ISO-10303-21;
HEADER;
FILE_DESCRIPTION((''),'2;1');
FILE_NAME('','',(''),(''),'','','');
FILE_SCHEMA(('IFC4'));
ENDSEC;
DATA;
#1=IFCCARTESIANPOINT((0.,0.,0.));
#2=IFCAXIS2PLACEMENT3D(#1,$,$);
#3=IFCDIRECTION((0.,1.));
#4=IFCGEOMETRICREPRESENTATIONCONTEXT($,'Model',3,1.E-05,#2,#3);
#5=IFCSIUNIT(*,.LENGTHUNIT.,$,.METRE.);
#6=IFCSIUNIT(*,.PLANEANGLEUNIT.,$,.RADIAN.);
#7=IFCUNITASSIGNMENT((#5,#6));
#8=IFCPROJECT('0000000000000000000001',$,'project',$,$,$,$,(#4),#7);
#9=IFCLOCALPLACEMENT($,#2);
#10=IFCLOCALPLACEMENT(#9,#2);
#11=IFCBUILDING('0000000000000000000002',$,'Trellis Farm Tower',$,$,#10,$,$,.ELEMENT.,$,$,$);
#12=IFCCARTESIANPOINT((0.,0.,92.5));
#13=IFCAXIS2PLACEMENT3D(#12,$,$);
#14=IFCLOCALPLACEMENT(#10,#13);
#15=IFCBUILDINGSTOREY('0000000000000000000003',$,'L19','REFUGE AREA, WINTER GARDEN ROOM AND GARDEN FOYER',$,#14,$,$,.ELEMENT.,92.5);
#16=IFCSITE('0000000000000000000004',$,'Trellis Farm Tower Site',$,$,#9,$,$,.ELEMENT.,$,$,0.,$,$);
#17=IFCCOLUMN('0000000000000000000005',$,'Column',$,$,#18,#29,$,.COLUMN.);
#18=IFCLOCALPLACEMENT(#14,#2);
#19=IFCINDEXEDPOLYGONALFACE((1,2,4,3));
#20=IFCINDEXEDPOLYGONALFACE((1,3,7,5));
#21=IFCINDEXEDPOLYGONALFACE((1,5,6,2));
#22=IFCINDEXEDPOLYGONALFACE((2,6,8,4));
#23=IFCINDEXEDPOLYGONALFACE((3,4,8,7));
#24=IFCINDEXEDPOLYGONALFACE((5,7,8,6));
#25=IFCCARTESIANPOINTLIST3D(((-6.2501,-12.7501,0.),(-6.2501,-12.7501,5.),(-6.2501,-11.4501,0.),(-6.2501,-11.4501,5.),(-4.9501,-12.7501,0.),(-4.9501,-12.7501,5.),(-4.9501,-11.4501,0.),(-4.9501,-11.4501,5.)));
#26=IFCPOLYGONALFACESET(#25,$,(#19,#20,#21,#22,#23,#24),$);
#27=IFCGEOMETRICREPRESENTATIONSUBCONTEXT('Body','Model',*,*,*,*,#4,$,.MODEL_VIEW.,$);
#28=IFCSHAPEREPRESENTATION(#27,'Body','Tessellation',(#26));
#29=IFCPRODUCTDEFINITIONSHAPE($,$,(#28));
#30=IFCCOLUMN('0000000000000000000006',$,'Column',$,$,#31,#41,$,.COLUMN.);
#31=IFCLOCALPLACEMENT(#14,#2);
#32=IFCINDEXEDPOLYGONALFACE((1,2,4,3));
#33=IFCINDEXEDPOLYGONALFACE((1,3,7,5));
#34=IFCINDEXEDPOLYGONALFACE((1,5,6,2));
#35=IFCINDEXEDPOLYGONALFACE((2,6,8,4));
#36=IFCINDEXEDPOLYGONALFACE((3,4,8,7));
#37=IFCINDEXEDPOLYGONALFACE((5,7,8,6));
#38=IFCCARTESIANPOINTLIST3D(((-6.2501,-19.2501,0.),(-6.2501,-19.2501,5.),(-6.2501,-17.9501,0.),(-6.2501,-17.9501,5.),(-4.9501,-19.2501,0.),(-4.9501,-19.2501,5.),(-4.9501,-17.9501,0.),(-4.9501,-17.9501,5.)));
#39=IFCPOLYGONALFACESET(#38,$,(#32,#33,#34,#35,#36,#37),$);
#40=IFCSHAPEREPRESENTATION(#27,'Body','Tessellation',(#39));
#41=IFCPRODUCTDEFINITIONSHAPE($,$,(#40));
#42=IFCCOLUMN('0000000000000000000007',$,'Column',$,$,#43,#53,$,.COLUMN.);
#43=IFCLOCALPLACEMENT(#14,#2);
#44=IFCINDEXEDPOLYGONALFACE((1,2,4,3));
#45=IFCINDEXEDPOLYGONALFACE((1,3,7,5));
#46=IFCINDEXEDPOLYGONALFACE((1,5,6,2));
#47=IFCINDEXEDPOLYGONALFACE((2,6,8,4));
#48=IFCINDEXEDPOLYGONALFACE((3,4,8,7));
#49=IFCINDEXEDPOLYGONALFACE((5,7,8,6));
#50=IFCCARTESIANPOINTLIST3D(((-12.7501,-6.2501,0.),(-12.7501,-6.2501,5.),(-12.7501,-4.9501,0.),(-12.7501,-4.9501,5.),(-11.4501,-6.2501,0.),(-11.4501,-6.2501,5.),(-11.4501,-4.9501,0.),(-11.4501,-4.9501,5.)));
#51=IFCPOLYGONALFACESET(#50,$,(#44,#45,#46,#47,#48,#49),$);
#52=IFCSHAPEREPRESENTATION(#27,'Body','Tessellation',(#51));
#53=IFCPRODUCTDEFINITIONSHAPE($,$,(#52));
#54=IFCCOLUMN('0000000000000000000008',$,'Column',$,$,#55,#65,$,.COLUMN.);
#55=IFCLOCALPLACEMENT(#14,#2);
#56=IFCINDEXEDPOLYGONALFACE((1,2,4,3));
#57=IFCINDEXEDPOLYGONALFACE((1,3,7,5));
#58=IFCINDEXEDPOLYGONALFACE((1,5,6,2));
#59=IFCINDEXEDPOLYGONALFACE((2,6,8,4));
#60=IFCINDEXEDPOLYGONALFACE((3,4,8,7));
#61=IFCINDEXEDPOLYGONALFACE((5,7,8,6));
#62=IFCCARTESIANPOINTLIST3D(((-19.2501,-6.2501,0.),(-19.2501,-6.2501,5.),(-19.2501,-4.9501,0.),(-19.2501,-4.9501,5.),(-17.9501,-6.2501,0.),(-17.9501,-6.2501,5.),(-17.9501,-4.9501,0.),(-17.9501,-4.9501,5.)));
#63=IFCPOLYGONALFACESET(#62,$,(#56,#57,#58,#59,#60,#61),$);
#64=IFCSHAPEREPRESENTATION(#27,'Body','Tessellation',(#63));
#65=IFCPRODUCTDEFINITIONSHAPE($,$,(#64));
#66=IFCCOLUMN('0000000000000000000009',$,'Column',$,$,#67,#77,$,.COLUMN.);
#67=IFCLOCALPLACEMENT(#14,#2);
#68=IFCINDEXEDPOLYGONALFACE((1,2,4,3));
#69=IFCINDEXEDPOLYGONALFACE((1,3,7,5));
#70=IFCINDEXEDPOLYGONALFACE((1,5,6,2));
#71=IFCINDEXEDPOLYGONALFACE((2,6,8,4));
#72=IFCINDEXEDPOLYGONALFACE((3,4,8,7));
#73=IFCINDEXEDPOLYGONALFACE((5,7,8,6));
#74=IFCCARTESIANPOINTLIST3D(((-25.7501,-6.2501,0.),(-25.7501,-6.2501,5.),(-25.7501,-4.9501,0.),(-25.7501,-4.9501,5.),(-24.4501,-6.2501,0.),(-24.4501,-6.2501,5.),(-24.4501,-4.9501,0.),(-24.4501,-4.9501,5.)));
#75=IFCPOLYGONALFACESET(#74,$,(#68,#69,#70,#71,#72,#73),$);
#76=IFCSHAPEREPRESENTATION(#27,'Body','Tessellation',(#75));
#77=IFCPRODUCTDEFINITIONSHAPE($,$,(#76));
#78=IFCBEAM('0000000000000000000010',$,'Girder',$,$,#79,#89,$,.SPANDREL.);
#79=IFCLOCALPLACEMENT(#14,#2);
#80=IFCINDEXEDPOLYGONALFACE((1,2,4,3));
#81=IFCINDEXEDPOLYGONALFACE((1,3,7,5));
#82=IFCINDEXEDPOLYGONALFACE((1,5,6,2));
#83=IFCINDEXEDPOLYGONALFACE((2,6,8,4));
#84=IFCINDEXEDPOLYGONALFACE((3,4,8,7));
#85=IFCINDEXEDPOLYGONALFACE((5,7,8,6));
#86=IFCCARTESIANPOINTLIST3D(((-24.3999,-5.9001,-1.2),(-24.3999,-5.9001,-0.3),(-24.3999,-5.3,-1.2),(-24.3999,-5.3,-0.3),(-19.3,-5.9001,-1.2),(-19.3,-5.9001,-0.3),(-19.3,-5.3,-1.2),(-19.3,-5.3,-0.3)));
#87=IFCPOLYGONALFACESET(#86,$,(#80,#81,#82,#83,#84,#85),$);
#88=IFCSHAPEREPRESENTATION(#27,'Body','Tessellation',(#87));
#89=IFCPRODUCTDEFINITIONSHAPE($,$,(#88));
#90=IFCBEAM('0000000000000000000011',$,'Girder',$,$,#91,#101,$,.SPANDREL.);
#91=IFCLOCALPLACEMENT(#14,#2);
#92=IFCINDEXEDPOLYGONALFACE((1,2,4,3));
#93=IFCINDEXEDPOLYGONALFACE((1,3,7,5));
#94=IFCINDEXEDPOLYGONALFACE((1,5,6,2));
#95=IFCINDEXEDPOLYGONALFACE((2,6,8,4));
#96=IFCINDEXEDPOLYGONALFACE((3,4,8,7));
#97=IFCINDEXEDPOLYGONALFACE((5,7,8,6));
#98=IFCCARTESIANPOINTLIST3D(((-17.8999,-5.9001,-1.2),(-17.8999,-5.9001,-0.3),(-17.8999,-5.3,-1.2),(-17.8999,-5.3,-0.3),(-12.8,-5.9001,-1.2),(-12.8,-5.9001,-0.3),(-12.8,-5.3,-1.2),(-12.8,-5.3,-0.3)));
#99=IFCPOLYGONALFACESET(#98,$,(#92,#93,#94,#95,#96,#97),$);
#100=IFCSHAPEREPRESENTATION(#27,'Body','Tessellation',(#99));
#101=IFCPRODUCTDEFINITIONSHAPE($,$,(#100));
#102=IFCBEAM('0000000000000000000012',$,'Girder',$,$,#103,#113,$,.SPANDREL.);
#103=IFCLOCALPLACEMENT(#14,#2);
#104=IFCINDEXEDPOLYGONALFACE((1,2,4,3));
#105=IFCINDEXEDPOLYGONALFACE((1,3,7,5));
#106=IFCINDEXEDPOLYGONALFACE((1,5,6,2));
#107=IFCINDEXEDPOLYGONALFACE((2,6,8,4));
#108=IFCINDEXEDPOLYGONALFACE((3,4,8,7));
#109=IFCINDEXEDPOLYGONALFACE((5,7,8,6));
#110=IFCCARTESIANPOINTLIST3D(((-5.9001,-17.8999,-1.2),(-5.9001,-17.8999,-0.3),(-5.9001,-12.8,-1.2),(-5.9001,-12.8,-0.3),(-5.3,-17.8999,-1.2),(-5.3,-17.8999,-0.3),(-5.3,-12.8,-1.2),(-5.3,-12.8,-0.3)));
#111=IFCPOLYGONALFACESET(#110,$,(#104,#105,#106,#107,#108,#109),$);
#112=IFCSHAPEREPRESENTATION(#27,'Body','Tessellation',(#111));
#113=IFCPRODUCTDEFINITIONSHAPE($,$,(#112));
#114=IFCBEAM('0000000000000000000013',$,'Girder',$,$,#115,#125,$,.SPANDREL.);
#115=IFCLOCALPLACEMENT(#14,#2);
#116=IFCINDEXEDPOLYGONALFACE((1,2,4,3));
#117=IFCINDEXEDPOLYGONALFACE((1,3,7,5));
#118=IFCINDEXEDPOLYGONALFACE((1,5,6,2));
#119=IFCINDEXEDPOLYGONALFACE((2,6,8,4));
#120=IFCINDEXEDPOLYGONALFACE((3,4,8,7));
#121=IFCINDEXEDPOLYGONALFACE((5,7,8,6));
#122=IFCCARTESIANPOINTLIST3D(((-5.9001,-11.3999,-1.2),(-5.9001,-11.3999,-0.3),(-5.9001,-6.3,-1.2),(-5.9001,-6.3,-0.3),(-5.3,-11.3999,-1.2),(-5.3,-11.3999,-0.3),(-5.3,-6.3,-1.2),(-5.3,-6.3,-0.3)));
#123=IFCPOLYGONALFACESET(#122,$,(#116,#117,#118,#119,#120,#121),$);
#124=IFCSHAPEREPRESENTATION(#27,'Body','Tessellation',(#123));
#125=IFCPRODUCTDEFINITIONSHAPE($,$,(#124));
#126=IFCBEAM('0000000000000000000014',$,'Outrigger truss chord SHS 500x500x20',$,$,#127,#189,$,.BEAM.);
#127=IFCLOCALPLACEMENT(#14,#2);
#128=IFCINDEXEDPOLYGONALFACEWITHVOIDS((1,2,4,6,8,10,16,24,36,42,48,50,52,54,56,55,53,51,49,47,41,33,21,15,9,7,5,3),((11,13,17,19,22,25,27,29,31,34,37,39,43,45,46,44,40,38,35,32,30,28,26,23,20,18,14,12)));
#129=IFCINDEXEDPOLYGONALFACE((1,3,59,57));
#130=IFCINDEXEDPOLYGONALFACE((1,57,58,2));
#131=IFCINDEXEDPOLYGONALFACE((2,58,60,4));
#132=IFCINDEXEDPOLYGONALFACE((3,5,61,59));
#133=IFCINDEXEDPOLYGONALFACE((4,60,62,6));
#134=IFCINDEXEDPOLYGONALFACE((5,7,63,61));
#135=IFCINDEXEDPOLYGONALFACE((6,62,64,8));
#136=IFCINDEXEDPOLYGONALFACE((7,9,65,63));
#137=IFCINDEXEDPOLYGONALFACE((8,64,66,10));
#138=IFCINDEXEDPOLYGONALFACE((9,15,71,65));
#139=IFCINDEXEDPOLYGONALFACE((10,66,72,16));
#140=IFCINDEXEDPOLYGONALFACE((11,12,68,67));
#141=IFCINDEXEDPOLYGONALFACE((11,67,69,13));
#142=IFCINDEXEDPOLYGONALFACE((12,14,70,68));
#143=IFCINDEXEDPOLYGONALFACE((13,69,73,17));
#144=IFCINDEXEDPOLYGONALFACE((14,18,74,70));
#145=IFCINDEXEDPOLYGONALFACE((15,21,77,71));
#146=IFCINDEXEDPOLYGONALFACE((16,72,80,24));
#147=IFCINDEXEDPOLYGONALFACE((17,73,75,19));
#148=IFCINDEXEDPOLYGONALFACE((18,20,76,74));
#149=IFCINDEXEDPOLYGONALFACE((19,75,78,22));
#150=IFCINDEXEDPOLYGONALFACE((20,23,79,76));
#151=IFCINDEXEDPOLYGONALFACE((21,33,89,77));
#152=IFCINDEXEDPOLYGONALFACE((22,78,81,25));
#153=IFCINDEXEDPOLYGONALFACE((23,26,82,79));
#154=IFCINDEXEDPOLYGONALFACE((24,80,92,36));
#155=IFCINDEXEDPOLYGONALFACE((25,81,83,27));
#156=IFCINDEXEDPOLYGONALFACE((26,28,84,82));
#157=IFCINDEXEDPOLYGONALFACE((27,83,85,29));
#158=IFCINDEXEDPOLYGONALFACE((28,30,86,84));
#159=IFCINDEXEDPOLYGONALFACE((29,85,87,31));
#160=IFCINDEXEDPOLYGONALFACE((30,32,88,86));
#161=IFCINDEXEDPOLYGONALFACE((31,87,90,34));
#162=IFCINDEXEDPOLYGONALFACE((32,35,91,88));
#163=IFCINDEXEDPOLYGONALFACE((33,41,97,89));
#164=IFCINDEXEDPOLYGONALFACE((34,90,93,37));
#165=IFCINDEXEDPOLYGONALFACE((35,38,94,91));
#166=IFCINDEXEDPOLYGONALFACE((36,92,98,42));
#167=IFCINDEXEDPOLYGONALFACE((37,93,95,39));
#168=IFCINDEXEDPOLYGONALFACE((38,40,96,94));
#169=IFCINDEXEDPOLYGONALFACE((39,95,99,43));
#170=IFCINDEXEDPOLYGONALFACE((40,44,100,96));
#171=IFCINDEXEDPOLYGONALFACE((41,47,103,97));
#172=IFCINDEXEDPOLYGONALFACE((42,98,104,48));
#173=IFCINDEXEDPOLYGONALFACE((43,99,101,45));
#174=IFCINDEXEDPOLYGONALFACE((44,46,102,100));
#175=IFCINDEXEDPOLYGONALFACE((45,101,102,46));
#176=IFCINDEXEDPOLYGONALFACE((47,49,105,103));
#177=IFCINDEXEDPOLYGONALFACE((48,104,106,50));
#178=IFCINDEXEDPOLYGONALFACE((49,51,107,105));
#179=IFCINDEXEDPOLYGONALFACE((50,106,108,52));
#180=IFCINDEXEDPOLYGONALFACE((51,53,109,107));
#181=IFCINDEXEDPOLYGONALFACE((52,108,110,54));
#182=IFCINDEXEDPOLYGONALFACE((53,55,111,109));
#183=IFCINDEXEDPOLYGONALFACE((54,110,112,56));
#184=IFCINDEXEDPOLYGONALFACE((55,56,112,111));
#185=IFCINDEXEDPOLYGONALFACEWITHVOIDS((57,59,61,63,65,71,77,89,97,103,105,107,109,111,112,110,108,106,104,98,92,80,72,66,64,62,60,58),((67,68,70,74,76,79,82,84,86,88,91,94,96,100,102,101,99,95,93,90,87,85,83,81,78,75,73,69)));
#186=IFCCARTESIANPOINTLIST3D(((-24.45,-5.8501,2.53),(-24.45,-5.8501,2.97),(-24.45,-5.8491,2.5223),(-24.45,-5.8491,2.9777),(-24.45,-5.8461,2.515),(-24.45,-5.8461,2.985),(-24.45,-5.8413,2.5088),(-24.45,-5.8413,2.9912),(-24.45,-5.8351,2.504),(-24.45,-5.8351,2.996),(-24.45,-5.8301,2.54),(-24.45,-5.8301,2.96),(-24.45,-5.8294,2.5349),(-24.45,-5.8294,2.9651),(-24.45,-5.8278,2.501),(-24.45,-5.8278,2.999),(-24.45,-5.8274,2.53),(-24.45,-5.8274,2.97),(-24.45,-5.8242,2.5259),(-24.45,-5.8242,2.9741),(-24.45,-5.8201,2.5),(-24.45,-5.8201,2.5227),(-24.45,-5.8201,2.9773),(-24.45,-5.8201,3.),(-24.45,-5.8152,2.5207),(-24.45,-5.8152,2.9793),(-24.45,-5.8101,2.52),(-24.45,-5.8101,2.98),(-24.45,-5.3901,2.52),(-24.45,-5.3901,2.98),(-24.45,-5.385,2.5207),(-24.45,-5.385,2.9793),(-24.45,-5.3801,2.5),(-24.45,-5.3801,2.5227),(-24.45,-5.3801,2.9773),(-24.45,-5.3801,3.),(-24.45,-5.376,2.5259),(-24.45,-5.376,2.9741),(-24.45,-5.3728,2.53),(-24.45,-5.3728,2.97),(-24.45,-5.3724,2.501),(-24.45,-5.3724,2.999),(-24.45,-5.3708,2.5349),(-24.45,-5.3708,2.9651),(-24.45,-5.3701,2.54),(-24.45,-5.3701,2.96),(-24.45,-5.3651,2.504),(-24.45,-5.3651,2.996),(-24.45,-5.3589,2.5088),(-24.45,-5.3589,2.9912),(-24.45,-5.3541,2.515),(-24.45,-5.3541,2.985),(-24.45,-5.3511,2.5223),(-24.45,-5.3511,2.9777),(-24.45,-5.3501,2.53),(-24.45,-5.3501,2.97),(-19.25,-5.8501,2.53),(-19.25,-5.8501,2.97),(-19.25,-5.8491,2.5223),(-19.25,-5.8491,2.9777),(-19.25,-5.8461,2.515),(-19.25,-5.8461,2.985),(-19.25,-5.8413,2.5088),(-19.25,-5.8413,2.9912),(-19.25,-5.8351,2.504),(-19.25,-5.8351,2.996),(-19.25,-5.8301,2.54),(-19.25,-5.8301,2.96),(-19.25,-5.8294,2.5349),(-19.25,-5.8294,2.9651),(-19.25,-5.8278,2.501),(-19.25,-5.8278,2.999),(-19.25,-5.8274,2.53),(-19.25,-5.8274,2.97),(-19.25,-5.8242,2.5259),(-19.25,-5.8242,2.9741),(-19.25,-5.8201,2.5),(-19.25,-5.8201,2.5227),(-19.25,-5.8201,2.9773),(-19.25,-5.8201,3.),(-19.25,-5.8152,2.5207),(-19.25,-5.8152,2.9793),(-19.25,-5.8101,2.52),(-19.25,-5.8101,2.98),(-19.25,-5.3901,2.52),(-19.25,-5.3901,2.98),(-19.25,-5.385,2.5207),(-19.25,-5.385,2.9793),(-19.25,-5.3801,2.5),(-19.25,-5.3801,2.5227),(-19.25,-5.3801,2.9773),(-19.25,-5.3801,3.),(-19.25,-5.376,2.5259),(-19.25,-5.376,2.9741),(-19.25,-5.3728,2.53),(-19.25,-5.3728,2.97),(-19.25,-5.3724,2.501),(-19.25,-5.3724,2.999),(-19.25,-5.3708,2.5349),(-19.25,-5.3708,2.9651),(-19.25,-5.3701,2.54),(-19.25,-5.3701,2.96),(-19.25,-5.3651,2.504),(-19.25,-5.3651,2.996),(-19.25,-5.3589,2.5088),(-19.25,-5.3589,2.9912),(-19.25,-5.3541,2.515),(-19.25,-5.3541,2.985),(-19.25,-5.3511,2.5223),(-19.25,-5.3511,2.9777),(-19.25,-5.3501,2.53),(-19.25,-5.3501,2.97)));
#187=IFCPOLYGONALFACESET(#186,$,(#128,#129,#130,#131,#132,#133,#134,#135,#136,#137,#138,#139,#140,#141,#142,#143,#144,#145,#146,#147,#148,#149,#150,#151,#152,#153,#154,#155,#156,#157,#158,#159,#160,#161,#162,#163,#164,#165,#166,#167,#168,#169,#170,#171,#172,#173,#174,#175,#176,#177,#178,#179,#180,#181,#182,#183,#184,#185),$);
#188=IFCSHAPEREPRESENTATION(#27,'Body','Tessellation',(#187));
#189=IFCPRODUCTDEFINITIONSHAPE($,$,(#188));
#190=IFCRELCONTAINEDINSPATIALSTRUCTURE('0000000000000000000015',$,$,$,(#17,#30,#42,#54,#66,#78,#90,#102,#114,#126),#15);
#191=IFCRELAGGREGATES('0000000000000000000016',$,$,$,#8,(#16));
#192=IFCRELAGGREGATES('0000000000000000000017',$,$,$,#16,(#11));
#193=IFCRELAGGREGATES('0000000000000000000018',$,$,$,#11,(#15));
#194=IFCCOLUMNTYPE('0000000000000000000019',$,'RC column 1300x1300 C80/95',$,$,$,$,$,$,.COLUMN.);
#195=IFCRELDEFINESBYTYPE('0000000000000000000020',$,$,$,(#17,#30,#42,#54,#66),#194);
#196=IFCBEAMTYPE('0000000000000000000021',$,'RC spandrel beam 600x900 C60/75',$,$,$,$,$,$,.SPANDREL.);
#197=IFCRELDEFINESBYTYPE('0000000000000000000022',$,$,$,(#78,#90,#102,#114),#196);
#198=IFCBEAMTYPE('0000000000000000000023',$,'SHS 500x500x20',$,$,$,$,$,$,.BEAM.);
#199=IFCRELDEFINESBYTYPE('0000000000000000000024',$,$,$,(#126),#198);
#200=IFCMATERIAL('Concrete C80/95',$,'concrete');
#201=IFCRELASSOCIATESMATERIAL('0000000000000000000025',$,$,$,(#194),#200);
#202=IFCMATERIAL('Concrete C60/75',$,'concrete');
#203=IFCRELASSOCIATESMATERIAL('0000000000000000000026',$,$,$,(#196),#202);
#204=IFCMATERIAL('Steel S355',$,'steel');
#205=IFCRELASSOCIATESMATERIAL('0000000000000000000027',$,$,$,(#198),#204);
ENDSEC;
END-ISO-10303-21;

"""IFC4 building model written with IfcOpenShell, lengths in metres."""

from ifc_helpers import new_model, si_unit, direction, frame, origin, origin_2d, place, context, subcontext, project, spatial, rectangle, hollow_rectangle, extrude, source, transform, mapped, material, material_profile, profile_set, type_object, element, save


model = new_model("IFC4")

# Units and contexts
model_context = context("Model", 3, precision=1e-05, world=origin(), true_north=direction((0.0, 1.0)))
body_context = subcontext(model_context, "Body", "Model", "MODEL_VIEW")
ifc_project = project(units=[si_unit("LENGTHUNIT", "METRE"), si_unit("PLANEANGLEUNIT", "RADIAN")], contexts=[model_context])

# Site, building, storey
site_placement = place(None, origin())
site = spatial("IfcSite", under=ifc_project, at=site_placement, Name="Trellis Farm Tower Site", CompositionType="ELEMENT", RefElevation=0.0)
building_placement = place(site_placement, origin())
building = spatial("IfcBuilding", under=site, at=building_placement, Name="Trellis Farm Tower", CompositionType="ELEMENT")
storey_placement = place(building_placement, frame((0.0, 0.0, 92.5)))
storey = spatial("IfcBuildingStorey", under=building, at=storey_placement, Name="L19", Description="REFUGE AREA, WINTER GARDEN ROOM AND GARDEN FOYER", CompositionType="ELEMENT", Elevation=92.5)

# Columns
ifc_material_1 = material(Name="Concrete C80/95", Category="concrete")
ifc_material_profile_1 = material_profile(ifc_material_1, rectangle(XDim=1.3, YDim=1.3, at=origin_2d()), Name="RC column 1300x1300 C80/95")
ifc_profile_set_1 = profile_set([ifc_material_profile_1], Name="Concrete C80/95")
column_type = type_object("IfcColumnType", Name="RC column 1300x1300 C80/95", PredefinedType="COLUMN", material=ifc_profile_set_1)
shared_shape_1 = source(origin(), body_context, "Body", "SweptSolid", [
    extrude(rectangle(XDim=1.3, YDim=1.3, at=origin_2d()), origin(), (0.0, 0.0, 1.0), 5.0),
])
for number, where, z_axis, x_axis, name in (
    (1, (-5.6001, -12.1001, 0.0), (0.0, 0.0, 1.0), (1.0, 0.0, 0.0), "Column"),
    (2, (-5.6001, -18.6001, 0.0), (0.0, 0.0, 1.0), (1.0, 0.0, 0.0), "Column"),
    (3, (-12.1001, -5.6001, 0.0), (0.0, 0.0, 1.0), (1.0, 0.0, 0.0), "Column"),
    (4, (-18.6001, -5.6001, 0.0), (0.0, 0.0, 1.0), (1.0, 0.0, 0.0), "Column"),
    (5, (-25.1001, -5.6001, 0.0), (0.0, 0.0, 1.0), (1.0, 0.0, 0.0), "Column"),
):
    element("IfcColumn", number, at=place(storey_placement, frame(where, z_axis=z_axis, x_axis=x_axis)), inside=storey, type_object=column_type, Name=name, PredefinedType="COLUMN", context=body_context, shape_type="MappedRepresentation", body=[
        mapped(shared_shape_1, transform((0.0, 0.0, 0.0))),
    ])

# Beams
ifc_material_2 = material(Name="Concrete C60/75", Category="concrete")
ifc_material_profile_2 = material_profile(ifc_material_2, rectangle(XDim=0.6001, YDim=0.8999, at=origin_2d()), Name="RC spandrel beam 600x900 C60/75")
ifc_profile_set_2 = profile_set([ifc_material_profile_2], Name="Concrete C60/75")
beam_type_1 = type_object("IfcBeamType", Name="RC spandrel beam 600x900 C60/75", PredefinedType="SPANDREL", material=ifc_profile_set_2)
shared_shape_2 = source(origin(), body_context, "Body", "SweptSolid", [
    extrude(rectangle(XDim=0.6001, YDim=0.8999, at=origin_2d()), origin(), (0.0, 0.0, 1.0), 5.0999),
])
for number, where, z_axis, x_axis, name in (
    (6, (-24.3999, -5.6001, -0.75), (1.0, 0.0, 0.0), (0.0, 1.0, 0.0), "Girder"),
    (7, (-17.8999, -5.6001, -0.75), (1.0, 0.0, 0.0), (0.0, 1.0, 0.0), "Girder"),
    (8, (-5.6001, -17.8999, -0.75), (0.0, 1.0, 0.0), (-1.0, 0.0, 0.0), "Girder"),
    (9, (-5.6001, -11.3999, -0.75), (0.0, 1.0, 0.0), (-1.0, 0.0, 0.0), "Girder"),
):
    element("IfcBeam", number, at=place(storey_placement, frame(where, z_axis=z_axis, x_axis=x_axis)), inside=storey, type_object=beam_type_1, Name=name, PredefinedType="SPANDREL", context=body_context, shape_type="MappedRepresentation", body=[
        mapped(shared_shape_2, transform((0.0, 0.0, 0.0))),
    ])
ifc_material_3 = material(Name="Steel S355", Category="steel")
ifc_material_profile_3 = material_profile(ifc_material_3, hollow_rectangle(XDim=0.5, YDim=0.5, WallThickness=0.02, InnerFilletRadius=0.02, OuterFilletRadius=0.03, at=origin_2d()), Name="SHS 500x500x20")
ifc_profile_set_3 = profile_set([ifc_material_profile_3], Name="Steel S355")
beam_type_2 = type_object("IfcBeamType", Name="SHS 500x500x20", PredefinedType="BEAM", material=ifc_profile_set_3)
shared_shape_3 = source(origin(), body_context, "Body", "SweptSolid", [
    extrude(hollow_rectangle(XDim=0.5, YDim=0.5, WallThickness=0.02, InnerFilletRadius=0.02, OuterFilletRadius=0.03, at=origin_2d()), origin(), (0.0, 0.0, 1.0), 5.2),
])
for number, where, z_axis, x_axis, name in (
    (10, (-24.45, -5.6001, 2.75), (1.0, 0.0, 0.0), (0.0, 1.0, 0.0), "Outrigger truss chord SHS 500x500x20"),
):
    element("IfcBeam", number, at=place(storey_placement, frame(where, z_axis=z_axis, x_axis=x_axis)), inside=storey, type_object=beam_type_2, Name=name, PredefinedType="BEAM", context=body_context, shape_type="MappedRepresentation", body=[
        mapped(shared_shape_3, transform((0.0, 0.0, 0.0))),
    ])

save(model, "model.ifc")
